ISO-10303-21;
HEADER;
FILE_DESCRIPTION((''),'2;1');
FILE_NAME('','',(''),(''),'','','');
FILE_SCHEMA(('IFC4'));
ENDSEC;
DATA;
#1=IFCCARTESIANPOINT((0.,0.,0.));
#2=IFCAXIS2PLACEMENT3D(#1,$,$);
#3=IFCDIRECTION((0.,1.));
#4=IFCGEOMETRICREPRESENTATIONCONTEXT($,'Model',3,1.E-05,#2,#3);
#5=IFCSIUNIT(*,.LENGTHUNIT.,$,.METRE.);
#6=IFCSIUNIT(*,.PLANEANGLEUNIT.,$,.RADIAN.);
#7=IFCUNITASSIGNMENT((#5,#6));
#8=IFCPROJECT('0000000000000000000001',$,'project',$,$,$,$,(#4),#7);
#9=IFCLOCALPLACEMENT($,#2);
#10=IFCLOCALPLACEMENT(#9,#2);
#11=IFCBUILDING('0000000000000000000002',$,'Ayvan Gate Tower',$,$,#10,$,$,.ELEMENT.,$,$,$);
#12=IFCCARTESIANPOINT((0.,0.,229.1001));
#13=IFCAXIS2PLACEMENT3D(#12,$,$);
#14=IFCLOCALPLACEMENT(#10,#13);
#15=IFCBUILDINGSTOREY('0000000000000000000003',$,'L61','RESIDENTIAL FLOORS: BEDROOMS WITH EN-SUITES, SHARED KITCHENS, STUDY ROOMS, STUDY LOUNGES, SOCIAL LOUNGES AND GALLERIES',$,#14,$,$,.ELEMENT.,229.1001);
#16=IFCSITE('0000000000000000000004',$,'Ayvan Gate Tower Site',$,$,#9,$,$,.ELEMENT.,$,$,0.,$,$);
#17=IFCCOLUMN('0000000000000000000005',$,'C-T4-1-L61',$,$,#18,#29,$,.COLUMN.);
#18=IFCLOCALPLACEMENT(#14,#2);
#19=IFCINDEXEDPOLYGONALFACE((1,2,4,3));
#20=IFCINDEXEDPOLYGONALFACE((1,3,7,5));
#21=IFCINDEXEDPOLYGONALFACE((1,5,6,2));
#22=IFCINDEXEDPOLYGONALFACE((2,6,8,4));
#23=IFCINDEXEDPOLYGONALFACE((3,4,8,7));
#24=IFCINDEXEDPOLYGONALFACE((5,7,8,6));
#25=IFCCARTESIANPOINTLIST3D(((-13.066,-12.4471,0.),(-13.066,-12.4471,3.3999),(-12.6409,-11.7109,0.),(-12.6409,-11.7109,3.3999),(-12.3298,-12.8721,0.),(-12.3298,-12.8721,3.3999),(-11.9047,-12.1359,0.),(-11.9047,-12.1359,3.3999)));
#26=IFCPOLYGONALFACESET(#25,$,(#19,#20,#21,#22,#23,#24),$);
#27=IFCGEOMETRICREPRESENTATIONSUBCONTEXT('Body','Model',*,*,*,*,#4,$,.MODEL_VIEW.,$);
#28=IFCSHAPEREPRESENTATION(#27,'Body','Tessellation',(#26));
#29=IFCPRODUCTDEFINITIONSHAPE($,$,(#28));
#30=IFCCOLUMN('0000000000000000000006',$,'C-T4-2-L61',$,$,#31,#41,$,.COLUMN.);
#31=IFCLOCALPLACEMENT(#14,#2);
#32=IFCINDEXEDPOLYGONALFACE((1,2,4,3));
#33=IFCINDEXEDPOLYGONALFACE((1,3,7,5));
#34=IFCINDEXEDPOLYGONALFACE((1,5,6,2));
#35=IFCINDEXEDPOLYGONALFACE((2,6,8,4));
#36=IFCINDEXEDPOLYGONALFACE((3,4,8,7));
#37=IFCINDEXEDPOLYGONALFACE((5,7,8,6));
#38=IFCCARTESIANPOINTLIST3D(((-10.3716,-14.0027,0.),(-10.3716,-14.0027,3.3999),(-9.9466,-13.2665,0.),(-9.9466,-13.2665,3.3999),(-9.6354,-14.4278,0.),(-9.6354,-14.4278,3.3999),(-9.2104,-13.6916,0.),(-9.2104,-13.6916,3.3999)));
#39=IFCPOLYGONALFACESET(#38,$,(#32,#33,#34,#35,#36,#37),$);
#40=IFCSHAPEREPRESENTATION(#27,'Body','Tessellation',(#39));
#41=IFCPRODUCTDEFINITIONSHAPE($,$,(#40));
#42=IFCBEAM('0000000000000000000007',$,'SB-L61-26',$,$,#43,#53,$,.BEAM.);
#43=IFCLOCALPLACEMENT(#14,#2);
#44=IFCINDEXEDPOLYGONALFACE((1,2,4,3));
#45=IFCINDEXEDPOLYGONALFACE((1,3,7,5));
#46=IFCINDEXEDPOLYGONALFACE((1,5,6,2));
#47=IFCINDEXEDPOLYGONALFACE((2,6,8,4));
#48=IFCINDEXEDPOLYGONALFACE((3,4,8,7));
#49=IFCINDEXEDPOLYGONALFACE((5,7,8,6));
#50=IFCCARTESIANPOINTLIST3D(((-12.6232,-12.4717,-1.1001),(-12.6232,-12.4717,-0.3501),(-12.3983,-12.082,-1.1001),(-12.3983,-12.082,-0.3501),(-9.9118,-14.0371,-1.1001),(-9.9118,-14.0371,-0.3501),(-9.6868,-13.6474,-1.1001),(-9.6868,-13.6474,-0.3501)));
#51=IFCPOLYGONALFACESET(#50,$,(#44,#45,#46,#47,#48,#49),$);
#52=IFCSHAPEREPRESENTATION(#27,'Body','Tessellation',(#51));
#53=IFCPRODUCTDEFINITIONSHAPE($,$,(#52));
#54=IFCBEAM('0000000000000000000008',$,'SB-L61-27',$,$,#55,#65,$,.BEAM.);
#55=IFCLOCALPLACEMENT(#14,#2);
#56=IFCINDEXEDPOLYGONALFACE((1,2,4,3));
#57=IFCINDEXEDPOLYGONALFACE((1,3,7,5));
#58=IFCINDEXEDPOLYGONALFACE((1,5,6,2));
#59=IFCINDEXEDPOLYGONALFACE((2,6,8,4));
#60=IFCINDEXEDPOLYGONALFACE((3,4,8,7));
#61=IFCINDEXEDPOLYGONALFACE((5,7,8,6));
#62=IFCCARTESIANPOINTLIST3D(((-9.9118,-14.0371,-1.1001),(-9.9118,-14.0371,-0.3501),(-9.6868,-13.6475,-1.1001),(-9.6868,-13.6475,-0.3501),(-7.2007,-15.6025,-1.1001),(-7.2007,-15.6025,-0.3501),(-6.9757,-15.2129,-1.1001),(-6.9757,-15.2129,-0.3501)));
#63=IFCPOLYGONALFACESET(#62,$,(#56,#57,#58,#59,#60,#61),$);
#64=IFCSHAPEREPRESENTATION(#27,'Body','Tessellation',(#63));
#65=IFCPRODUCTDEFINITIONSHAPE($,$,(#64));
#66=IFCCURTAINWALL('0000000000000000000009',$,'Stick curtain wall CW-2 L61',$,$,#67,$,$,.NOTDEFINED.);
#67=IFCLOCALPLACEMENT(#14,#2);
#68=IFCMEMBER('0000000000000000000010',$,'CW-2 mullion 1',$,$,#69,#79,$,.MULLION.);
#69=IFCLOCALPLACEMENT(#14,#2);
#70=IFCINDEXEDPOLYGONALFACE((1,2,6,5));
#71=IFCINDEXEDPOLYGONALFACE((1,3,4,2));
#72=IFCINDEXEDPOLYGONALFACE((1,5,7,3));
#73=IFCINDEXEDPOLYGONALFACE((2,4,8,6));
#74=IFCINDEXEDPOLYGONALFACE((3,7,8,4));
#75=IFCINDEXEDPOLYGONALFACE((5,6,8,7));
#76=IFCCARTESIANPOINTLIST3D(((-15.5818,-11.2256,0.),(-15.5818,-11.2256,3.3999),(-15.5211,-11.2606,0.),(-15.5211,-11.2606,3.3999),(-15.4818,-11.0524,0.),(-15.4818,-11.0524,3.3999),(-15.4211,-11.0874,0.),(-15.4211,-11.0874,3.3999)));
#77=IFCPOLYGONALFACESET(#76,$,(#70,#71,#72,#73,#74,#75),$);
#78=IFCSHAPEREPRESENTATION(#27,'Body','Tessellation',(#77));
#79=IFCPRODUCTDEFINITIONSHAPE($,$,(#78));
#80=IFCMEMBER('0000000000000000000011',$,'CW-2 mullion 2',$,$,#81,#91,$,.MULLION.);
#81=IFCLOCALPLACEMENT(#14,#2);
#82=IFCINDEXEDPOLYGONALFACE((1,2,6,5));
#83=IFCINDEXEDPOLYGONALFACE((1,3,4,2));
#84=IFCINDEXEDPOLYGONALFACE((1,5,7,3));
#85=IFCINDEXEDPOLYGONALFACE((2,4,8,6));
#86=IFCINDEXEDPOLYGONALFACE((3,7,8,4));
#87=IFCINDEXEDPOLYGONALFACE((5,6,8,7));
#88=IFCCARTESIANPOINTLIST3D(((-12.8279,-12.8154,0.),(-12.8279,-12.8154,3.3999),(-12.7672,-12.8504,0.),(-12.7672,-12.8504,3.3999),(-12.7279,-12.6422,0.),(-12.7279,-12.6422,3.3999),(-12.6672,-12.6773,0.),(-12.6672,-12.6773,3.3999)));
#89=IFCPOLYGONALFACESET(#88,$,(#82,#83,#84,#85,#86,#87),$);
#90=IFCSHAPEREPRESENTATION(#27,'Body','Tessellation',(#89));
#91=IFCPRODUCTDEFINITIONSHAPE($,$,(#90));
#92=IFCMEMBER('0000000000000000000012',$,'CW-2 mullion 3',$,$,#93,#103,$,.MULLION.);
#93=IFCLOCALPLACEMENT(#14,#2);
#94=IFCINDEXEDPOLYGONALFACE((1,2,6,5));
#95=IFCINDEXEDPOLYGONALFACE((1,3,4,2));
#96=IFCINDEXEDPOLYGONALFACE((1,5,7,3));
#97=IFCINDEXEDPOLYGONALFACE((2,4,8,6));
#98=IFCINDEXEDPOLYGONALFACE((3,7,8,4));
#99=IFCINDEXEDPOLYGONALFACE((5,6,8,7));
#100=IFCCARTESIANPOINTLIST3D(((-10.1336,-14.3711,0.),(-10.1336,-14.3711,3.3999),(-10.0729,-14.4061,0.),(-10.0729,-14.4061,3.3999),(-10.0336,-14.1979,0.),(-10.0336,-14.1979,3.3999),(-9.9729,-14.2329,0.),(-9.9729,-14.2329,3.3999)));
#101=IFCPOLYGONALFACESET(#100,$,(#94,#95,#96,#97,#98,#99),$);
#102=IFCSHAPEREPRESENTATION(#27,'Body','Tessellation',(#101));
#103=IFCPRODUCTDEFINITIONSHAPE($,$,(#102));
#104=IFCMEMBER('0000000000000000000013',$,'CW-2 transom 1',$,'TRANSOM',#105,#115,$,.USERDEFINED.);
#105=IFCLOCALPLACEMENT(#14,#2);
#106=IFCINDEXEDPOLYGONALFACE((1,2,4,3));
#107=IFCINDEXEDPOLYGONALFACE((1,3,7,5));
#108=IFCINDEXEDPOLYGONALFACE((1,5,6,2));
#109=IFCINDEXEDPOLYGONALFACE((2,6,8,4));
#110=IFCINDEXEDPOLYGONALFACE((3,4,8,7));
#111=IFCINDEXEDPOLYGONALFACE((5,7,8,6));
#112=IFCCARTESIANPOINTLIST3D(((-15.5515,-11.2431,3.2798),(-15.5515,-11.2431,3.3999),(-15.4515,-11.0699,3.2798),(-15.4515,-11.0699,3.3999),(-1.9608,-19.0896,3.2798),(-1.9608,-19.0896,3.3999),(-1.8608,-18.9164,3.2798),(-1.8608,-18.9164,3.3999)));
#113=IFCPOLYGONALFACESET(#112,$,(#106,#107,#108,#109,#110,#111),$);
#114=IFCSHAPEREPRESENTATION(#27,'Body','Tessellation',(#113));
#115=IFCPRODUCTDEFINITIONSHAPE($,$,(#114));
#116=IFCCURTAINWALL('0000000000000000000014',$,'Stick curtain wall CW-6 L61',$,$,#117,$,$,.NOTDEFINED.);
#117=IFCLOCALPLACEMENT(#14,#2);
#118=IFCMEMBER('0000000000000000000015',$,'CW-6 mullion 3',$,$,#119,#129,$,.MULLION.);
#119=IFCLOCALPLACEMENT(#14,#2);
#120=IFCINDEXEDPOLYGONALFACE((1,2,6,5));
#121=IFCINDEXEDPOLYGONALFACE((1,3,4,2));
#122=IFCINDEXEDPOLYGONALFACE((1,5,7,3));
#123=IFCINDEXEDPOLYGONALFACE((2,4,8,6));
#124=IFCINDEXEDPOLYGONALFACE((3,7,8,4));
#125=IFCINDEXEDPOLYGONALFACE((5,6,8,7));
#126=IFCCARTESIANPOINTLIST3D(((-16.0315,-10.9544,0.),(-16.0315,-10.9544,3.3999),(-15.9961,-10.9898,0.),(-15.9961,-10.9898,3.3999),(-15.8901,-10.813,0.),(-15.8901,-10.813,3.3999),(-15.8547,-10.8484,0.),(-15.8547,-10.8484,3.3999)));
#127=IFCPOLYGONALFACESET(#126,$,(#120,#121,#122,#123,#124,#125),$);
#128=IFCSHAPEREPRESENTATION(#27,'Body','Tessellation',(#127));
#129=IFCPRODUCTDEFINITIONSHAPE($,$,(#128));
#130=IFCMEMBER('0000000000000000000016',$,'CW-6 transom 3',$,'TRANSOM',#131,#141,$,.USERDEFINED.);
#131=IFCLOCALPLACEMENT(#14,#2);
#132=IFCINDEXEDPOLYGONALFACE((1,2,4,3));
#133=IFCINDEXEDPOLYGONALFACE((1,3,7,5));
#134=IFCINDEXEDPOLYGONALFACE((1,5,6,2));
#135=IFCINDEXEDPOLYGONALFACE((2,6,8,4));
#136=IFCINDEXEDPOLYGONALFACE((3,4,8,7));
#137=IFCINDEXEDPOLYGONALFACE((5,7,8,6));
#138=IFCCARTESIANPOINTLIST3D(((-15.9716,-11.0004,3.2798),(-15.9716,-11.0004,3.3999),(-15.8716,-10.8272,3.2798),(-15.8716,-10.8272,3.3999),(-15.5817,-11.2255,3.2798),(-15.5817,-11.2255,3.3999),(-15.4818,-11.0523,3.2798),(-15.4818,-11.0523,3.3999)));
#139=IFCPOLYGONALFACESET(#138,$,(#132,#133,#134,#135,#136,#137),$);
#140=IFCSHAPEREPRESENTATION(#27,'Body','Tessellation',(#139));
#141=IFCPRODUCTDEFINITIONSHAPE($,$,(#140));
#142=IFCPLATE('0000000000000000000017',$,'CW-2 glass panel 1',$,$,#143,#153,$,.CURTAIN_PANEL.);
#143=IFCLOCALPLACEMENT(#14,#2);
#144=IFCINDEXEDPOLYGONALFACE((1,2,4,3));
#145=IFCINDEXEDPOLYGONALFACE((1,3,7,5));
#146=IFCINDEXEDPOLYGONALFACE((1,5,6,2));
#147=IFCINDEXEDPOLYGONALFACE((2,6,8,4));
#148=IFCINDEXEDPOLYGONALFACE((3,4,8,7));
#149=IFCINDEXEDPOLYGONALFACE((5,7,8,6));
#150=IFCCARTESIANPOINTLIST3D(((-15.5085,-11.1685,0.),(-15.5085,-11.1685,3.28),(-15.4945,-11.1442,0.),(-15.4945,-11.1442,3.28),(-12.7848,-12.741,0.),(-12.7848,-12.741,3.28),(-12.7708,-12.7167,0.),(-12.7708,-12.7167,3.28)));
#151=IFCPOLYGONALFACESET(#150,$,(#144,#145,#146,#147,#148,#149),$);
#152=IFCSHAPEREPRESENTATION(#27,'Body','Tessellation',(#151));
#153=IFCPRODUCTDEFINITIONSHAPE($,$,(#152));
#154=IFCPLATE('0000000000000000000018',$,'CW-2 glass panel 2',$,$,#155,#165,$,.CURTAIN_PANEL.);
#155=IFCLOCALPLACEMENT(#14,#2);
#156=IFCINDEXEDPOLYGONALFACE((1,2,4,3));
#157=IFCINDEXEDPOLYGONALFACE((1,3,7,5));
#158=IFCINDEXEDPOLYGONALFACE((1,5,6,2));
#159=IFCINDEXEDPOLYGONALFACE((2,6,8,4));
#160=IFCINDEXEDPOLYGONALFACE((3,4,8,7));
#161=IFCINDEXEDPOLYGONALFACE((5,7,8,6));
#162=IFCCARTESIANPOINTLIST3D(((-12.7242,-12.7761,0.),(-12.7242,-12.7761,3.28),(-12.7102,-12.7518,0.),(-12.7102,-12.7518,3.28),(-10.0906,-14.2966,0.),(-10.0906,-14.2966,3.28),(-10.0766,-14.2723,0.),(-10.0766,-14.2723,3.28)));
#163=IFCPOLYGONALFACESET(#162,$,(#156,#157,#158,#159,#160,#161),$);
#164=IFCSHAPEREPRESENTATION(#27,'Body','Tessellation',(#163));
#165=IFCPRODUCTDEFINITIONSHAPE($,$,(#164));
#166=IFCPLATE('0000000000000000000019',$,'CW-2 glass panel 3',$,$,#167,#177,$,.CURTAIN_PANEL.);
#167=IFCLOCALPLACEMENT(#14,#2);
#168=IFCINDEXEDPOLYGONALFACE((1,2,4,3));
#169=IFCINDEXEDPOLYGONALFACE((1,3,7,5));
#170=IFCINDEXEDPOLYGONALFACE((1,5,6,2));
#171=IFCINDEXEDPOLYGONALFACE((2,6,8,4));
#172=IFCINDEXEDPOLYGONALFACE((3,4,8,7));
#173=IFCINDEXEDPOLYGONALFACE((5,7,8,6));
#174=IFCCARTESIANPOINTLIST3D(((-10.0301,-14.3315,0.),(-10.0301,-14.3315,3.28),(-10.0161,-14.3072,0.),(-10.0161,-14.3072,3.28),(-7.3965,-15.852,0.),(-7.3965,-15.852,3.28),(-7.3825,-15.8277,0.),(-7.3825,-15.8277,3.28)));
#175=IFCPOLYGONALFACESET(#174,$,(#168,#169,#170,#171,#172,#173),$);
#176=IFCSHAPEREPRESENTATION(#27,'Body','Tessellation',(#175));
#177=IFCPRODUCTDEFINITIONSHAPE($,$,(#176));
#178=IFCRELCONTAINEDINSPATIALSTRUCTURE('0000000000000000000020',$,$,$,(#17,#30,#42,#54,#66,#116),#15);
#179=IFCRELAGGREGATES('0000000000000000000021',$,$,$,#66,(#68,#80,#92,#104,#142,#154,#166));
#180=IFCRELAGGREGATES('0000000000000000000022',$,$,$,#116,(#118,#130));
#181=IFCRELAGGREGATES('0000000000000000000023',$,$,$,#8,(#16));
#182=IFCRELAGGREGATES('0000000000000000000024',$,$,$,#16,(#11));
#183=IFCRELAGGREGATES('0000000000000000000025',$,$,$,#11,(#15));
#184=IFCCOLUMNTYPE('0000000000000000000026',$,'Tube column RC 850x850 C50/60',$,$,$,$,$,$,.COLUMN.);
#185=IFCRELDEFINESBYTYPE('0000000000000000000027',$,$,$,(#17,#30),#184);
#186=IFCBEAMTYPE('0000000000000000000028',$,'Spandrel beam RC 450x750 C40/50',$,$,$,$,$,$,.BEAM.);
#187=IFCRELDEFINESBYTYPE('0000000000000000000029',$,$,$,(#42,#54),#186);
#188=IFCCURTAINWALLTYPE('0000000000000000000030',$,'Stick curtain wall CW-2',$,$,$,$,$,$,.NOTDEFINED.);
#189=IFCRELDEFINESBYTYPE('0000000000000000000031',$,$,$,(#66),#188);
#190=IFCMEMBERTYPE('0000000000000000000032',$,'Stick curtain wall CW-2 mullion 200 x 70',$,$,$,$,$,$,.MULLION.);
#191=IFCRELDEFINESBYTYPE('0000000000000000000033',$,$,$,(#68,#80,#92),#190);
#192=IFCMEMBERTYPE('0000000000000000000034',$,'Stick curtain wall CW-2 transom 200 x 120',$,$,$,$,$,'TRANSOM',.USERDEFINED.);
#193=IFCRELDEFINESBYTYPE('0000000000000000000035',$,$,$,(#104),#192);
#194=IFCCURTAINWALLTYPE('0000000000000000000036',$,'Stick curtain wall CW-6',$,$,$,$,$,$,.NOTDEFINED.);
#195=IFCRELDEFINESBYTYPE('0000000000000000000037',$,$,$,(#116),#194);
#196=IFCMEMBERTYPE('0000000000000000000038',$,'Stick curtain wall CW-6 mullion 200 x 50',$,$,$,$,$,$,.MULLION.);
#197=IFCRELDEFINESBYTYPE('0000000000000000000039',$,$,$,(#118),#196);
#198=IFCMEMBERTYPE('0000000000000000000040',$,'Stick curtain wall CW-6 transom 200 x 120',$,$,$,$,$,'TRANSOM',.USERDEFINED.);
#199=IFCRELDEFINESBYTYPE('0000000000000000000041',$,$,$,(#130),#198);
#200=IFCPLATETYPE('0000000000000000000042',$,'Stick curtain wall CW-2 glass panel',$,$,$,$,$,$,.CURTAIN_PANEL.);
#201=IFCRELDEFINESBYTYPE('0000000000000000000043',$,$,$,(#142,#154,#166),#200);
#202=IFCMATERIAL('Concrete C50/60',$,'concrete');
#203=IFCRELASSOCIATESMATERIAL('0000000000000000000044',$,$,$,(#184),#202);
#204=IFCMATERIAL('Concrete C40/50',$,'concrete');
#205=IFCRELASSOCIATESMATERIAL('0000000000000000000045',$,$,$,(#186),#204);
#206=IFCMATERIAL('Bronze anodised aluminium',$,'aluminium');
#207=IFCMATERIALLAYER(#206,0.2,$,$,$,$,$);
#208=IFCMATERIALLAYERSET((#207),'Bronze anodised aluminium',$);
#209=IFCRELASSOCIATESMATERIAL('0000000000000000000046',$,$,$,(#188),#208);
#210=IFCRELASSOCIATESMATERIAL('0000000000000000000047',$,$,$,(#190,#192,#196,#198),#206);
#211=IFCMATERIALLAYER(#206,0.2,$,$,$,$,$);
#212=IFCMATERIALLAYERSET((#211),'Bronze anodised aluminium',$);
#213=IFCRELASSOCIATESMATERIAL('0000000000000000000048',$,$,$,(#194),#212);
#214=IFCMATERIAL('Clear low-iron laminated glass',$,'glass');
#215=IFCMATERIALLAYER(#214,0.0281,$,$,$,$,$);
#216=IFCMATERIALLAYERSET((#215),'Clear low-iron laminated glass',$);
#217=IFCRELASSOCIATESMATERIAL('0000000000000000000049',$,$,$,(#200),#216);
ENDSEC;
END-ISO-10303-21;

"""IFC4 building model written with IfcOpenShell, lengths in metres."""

from ifc_helpers import new_model, si_unit, direction, frame, origin, origin_2d, place, context, subcontext, project, spatial, rectangle, extrude, material, layer, layer_set, material_profile, profile_set, type_object, element, aggregate, save


model = new_model("IFC4")

# Units and contexts
model_context = context("Model", 3, precision=1e-05, world=origin(), true_north=direction((0.0, 1.0)))
body_context = subcontext(model_context, "Body", "Model", "MODEL_VIEW")
ifc_project = project(units=[si_unit("LENGTHUNIT", "METRE"), si_unit("PLANEANGLEUNIT", "RADIAN")], contexts=[model_context])

# Site, building, storey
site_placement = place(None, origin())
site = spatial("IfcSite", under=ifc_project, at=site_placement, Name="Ayvan Gate Tower Site", CompositionType="ELEMENT", RefElevation=0.0)
building_placement = place(site_placement, origin())
building = spatial("IfcBuilding", under=site, at=building_placement, Name="Ayvan Gate Tower", CompositionType="ELEMENT")
storey_placement = place(building_placement, frame((0.0, 0.0, 229.1001)))
storey = spatial("IfcBuildingStorey", under=building, at=storey_placement, Name="L61", Description="RESIDENTIAL FLOORS: BEDROOMS WITH EN-SUITES, SHARED KITCHENS, STUDY ROOMS, STUDY LOUNGES, SOCIAL LOUNGES AND GALLERIES", CompositionType="ELEMENT", Elevation=229.1001)

# Columns
ifc_material_1 = material(Name="Concrete C50/60", Category="concrete")
ifc_material_profile_1 = material_profile(ifc_material_1, rectangle(XDim=0.8501, YDim=0.8501, at=origin_2d()), Name="RC 850x850")
ifc_profile_set_1 = profile_set([ifc_material_profile_1], Name="Concrete C50/60")
column_type = type_object("IfcColumnType", Name="Tube column RC 850x850 C50/60", PredefinedType="COLUMN", material=ifc_profile_set_1)
for number, where, z_axis, x_axis, name in (
    (1, (-12.4854, -12.2915, 0.0), (0.0, 0.0, 1.0), (-0.5, -0.866025, 0.0), "C-T4-1-L61"),
    (2, (-9.791, -13.8472, 0.0), (0.0, 0.0, 1.0), (-0.5, -0.866025, 0.0), "C-T4-2-L61"),
):
    element("IfcColumn", number, at=place(storey_placement, frame(where, z_axis=z_axis, x_axis=x_axis)), inside=storey, type_object=column_type, Name=name, PredefinedType="COLUMN", context=body_context, shape_type="SweptSolid", body=[
        extrude(rectangle(XDim=0.8501, YDim=0.8501, at=origin_2d()), origin(), (0.0, 0.0, 1.0), 3.3999),
    ])

# Beams
ifc_material_2 = material(Name="Concrete C40/50", Category="concrete")
ifc_material_profile_2 = material_profile(ifc_material_2, rectangle(XDim=0.45, YDim=0.75, at=origin_2d()), Name="RC 450x750")
ifc_profile_set_2 = profile_set([ifc_material_profile_2], Name="Concrete C40/50")
beam_type = type_object("IfcBeamType", Name="Spandrel beam RC 450x750 C40/50", PredefinedType="BEAM", material=ifc_profile_set_2)
beam_1_placement = place(storey_placement, frame((-12.5107, -12.2769, -0.7251), z_axis=(0.866027, -0.499997, 0.0), x_axis=(0.499997, 0.866027, 0.0)))
element("IfcBeam", 3, at=beam_1_placement, inside=storey, type_object=beam_type, Name="SB-L61-26", PredefinedType="BEAM", context=body_context, shape_type="SweptSolid", body=[
    extrude(rectangle(XDim=0.45, YDim=0.75, at=origin_2d()), origin(), (0.0, 0.0, 1.0), 3.1309),
])
beam_2_placement = place(storey_placement, frame((-9.7993, -13.8423, -0.7251), z_axis=(0.866008, -0.500031, 0.0), x_axis=(0.500031, 0.866008, 0.0)))
element("IfcBeam", 4, at=beam_2_placement, inside=storey, type_object=beam_type, Name="SB-L61-27", PredefinedType="BEAM", context=body_context, shape_type="SweptSolid", body=[
    extrude(rectangle(XDim=0.45, YDim=0.75, at=origin_2d()), origin(), (0.0, 0.0, 1.0), 3.1306),
])

# Curtain walls, members
ifc_material_3 = material(Name="Bronze anodised aluminium", Category="aluminium")
ifc_layer_1 = layer(ifc_material_3, 0.2)
ifc_layer_set_1 = layer_set([ifc_layer_1], Name="Bronze anodised aluminium")
curtain_wall_type_1 = type_object("IfcCurtainWallType", Name="Stick curtain wall CW-2", PredefinedType="NOTDEFINED", material=ifc_layer_set_1)
curtain_wall_1_placement = place(storey_placement, origin())
curtain_wall_1 = element("IfcCurtainWall", 5, at=curtain_wall_1_placement, inside=storey, type_object=curtain_wall_type_1, Name="Stick curtain wall CW-2 L61", PredefinedType="NOTDEFINED")
ifc_material_profile_3 = material_profile(ifc_material_3, rectangle(XDim=0.2, YDim=0.0701, at=origin_2d()), Name="Stick curtain wall CW-2 mullion 200 x 70")
ifc_profile_set_3 = profile_set([ifc_material_profile_3], Name="Bronze anodised aluminium")
member_type_1 = type_object("IfcMemberType", Name="Stick curtain wall CW-2 mullion 200 x 70", PredefinedType="MULLION", material=ifc_profile_set_3)
member_1_placement = place(storey_placement, frame((-15.5015, -11.1565, 0.0), z_axis=(0.0, 0.0, 1.0), x_axis=(-0.5, -0.866025, 0.0)))
member_1 = element("IfcMember", 6, at=member_1_placement, type_object=member_type_1, Name="CW-2 mullion 1", PredefinedType="MULLION", context=body_context, shape_type="SweptSolid", body=[
    extrude(rectangle(XDim=0.2, YDim=0.0701, at=origin_2d()), origin(), (0.0, 0.0, 1.0), 3.3999),
])
member_2_placement = place(storey_placement, frame((-12.7476, -12.7463, 0.0), z_axis=(0.0, 0.0, 1.0), x_axis=(-0.5, -0.866025, 0.0)))
member_2 = element("IfcMember", 7, at=member_2_placement, type_object=member_type_1, Name="CW-2 mullion 2", PredefinedType="MULLION", context=body_context, shape_type="SweptSolid", body=[
    extrude(rectangle(XDim=0.2, YDim=0.0701, at=origin_2d()), origin(), (0.0, 0.0, 1.0), 3.3999),
])
member_3_placement = place(storey_placement, frame((-10.0532, -14.302, 0.0), z_axis=(0.0, 0.0, 1.0), x_axis=(-0.5, -0.866025, 0.0)))
member_3 = element("IfcMember", 8, at=member_3_placement, type_object=member_type_1, Name="CW-2 mullion 3", PredefinedType="MULLION", context=body_context, shape_type="SweptSolid", body=[
    extrude(rectangle(XDim=0.2, YDim=0.0701, at=origin_2d()), origin(), (0.0, 0.0, 1.0), 3.3999),
])
ifc_material_profile_4 = material_profile(ifc_material_3, rectangle(XDim=0.2, YDim=0.1201, at=origin_2d()), Name="Stick curtain wall CW-2 transom 200 x 120")
ifc_profile_set_4 = profile_set([ifc_material_profile_4], Name="Bronze anodised aluminium")
member_type_2 = type_object("IfcMemberType", Name="Stick curtain wall CW-2 transom 200 x 120", ElementType="TRANSOM", PredefinedType="USERDEFINED", material=ifc_profile_set_4)
member_4_placement = place(storey_placement, frame((-15.5015, -11.1565, 3.3398), z_axis=(0.866028, -0.499996, 0.0), x_axis=(0.499996, 0.866028, 0.0)))
member_4 = element("IfcMember", 9, at=member_4_placement, type_object=member_type_2, Name="CW-2 transom 1", ObjectType="TRANSOM", PredefinedType="USERDEFINED", context=body_context, shape_type="SweptSolid", body=[
    extrude(rectangle(XDim=0.2, YDim=0.1201, at=origin_2d()), origin(), (0.0, 0.0, 1.0), 15.6931),
])
ifc_layer_2 = layer(ifc_material_3, 0.2)
ifc_layer_set_2 = layer_set([ifc_layer_2], Name="Bronze anodised aluminium")
curtain_wall_type_2 = type_object("IfcCurtainWallType", Name="Stick curtain wall CW-6", PredefinedType="NOTDEFINED", material=ifc_layer_set_2)
curtain_wall_2_placement = place(storey_placement, origin())
curtain_wall_2 = element("IfcCurtainWall", 10, at=curtain_wall_2_placement, inside=storey, type_object=curtain_wall_type_2, Name="Stick curtain wall CW-6 L61", PredefinedType="NOTDEFINED")
ifc_material_profile_5 = material_profile(ifc_material_3, rectangle(XDim=0.2, YDim=0.05, at=origin_2d()), Name="Stick curtain wall CW-6 mullion 200 x 50")
ifc_profile_set_5 = profile_set([ifc_material_profile_5], Name="Bronze anodised aluminium")
member_type_3 = type_object("IfcMemberType", Name="Stick curtain wall CW-6 mullion 200 x 50", PredefinedType="MULLION", material=ifc_profile_set_5)
member_5_placement = place(storey_placement, frame((-15.9431, -10.9014, 0.0), z_axis=(0.0, 0.0, 1.0), x_axis=(-0.707107, -0.707107, 0.0)))
member_5 = element("IfcMember", 11, at=member_5_placement, type_object=member_type_3, Name="CW-6 mullion 3", PredefinedType="MULLION", context=body_context, shape_type="SweptSolid", body=[
    extrude(rectangle(XDim=0.2, YDim=0.05, at=origin_2d()), origin(), (0.0, 0.0, 1.0), 3.3999),
])
ifc_material_profile_6 = material_profile(ifc_material_3, rectangle(XDim=0.2, YDim=0.1201, at=origin_2d()), Name="Stick curtain wall CW-6 transom 200 x 120")
ifc_profile_set_6 = profile_set([ifc_material_profile_6], Name="Bronze anodised aluminium")
member_type_4 = type_object("IfcMemberType", Name="Stick curtain wall CW-6 transom 200 x 120", ElementType="TRANSOM", PredefinedType="USERDEFINED", material=ifc_profile_set_6)
member_6_placement = place(storey_placement, frame((-15.9216, -10.9138, 3.3398), z_axis=(0.866032, -0.499988, 0.0), x_axis=(0.499988, 0.866032, 0.0)))
member_6 = element("IfcMember", 12, at=member_6_placement, type_object=member_type_4, Name="CW-6 transom 3", ObjectType="TRANSOM", PredefinedType="USERDEFINED", context=body_context, shape_type="SweptSolid", body=[
    extrude(rectangle(XDim=0.2, YDim=0.1201, at=origin_2d()), origin(), (0.0, 0.0, 1.0), 0.4502),
])

# Plates
ifc_material_4 = material(Name="Clear low-iron laminated glass", Category="glass")
ifc_layer_3 = layer(ifc_material_4, 0.0281)
ifc_layer_set_3 = layer_set([ifc_layer_3], Name="Clear low-iron laminated glass")
plate_type_1 = type_object("IfcPlateType", Name="Stick curtain wall CW-2 glass panel", PredefinedType="CURTAIN_PANEL", material=ifc_layer_set_3)
plate_1_placement = place(storey_placement, frame((-14.1396, -11.9426, 0.0), z_axis=(0.0, 0.0, 1.0), x_axis=(0.866025, -0.5, 0.0)))
plate_1 = element("IfcPlate", 13, at=plate_1_placement, type_object=plate_type_1, Name="CW-2 glass panel 1", PredefinedType="CURTAIN_PANEL", context=body_context, shape_type="SweptSolid", body=[
    extrude(rectangle(XDim=3.145, YDim=0.0281, at=origin_2d()), origin(), (0.0, 0.0, 1.0), 3.28),
])
plate_2_placement = place(storey_placement, frame((-11.4004, -13.5242, 0.0), z_axis=(0.0, 0.0, 1.0), x_axis=(0.866025, -0.5, 0.0)))
plate_2 = element("IfcPlate", 14, at=plate_2_placement, type_object=plate_type_1, Name="CW-2 glass panel 2", PredefinedType="CURTAIN_PANEL", context=body_context, shape_type="SweptSolid", body=[
    extrude(rectangle(XDim=3.041, YDim=0.0281, at=origin_2d()), origin(), (0.0, 0.0, 1.0), 3.28),
])
plate_3_placement = place(storey_placement, frame((-8.7063, -15.0796, 0.0), z_axis=(0.0, 0.0, 1.0), x_axis=(0.866025, -0.5, 0.0)))
plate_3 = element("IfcPlate", 15, at=plate_3_placement, type_object=plate_type_1, Name="CW-2 glass panel 3", PredefinedType="CURTAIN_PANEL", context=body_context, shape_type="SweptSolid", body=[
    extrude(rectangle(XDim=3.041, YDim=0.0281, at=origin_2d()), origin(), (0.0, 0.0, 1.0), 3.28),
])
aggregate(curtain_wall_1, [member_1, member_2, member_3, member_4, plate_1, plate_2, plate_3])
aggregate(curtain_wall_2, [member_5, member_6])

save(model, "model.ifc")
